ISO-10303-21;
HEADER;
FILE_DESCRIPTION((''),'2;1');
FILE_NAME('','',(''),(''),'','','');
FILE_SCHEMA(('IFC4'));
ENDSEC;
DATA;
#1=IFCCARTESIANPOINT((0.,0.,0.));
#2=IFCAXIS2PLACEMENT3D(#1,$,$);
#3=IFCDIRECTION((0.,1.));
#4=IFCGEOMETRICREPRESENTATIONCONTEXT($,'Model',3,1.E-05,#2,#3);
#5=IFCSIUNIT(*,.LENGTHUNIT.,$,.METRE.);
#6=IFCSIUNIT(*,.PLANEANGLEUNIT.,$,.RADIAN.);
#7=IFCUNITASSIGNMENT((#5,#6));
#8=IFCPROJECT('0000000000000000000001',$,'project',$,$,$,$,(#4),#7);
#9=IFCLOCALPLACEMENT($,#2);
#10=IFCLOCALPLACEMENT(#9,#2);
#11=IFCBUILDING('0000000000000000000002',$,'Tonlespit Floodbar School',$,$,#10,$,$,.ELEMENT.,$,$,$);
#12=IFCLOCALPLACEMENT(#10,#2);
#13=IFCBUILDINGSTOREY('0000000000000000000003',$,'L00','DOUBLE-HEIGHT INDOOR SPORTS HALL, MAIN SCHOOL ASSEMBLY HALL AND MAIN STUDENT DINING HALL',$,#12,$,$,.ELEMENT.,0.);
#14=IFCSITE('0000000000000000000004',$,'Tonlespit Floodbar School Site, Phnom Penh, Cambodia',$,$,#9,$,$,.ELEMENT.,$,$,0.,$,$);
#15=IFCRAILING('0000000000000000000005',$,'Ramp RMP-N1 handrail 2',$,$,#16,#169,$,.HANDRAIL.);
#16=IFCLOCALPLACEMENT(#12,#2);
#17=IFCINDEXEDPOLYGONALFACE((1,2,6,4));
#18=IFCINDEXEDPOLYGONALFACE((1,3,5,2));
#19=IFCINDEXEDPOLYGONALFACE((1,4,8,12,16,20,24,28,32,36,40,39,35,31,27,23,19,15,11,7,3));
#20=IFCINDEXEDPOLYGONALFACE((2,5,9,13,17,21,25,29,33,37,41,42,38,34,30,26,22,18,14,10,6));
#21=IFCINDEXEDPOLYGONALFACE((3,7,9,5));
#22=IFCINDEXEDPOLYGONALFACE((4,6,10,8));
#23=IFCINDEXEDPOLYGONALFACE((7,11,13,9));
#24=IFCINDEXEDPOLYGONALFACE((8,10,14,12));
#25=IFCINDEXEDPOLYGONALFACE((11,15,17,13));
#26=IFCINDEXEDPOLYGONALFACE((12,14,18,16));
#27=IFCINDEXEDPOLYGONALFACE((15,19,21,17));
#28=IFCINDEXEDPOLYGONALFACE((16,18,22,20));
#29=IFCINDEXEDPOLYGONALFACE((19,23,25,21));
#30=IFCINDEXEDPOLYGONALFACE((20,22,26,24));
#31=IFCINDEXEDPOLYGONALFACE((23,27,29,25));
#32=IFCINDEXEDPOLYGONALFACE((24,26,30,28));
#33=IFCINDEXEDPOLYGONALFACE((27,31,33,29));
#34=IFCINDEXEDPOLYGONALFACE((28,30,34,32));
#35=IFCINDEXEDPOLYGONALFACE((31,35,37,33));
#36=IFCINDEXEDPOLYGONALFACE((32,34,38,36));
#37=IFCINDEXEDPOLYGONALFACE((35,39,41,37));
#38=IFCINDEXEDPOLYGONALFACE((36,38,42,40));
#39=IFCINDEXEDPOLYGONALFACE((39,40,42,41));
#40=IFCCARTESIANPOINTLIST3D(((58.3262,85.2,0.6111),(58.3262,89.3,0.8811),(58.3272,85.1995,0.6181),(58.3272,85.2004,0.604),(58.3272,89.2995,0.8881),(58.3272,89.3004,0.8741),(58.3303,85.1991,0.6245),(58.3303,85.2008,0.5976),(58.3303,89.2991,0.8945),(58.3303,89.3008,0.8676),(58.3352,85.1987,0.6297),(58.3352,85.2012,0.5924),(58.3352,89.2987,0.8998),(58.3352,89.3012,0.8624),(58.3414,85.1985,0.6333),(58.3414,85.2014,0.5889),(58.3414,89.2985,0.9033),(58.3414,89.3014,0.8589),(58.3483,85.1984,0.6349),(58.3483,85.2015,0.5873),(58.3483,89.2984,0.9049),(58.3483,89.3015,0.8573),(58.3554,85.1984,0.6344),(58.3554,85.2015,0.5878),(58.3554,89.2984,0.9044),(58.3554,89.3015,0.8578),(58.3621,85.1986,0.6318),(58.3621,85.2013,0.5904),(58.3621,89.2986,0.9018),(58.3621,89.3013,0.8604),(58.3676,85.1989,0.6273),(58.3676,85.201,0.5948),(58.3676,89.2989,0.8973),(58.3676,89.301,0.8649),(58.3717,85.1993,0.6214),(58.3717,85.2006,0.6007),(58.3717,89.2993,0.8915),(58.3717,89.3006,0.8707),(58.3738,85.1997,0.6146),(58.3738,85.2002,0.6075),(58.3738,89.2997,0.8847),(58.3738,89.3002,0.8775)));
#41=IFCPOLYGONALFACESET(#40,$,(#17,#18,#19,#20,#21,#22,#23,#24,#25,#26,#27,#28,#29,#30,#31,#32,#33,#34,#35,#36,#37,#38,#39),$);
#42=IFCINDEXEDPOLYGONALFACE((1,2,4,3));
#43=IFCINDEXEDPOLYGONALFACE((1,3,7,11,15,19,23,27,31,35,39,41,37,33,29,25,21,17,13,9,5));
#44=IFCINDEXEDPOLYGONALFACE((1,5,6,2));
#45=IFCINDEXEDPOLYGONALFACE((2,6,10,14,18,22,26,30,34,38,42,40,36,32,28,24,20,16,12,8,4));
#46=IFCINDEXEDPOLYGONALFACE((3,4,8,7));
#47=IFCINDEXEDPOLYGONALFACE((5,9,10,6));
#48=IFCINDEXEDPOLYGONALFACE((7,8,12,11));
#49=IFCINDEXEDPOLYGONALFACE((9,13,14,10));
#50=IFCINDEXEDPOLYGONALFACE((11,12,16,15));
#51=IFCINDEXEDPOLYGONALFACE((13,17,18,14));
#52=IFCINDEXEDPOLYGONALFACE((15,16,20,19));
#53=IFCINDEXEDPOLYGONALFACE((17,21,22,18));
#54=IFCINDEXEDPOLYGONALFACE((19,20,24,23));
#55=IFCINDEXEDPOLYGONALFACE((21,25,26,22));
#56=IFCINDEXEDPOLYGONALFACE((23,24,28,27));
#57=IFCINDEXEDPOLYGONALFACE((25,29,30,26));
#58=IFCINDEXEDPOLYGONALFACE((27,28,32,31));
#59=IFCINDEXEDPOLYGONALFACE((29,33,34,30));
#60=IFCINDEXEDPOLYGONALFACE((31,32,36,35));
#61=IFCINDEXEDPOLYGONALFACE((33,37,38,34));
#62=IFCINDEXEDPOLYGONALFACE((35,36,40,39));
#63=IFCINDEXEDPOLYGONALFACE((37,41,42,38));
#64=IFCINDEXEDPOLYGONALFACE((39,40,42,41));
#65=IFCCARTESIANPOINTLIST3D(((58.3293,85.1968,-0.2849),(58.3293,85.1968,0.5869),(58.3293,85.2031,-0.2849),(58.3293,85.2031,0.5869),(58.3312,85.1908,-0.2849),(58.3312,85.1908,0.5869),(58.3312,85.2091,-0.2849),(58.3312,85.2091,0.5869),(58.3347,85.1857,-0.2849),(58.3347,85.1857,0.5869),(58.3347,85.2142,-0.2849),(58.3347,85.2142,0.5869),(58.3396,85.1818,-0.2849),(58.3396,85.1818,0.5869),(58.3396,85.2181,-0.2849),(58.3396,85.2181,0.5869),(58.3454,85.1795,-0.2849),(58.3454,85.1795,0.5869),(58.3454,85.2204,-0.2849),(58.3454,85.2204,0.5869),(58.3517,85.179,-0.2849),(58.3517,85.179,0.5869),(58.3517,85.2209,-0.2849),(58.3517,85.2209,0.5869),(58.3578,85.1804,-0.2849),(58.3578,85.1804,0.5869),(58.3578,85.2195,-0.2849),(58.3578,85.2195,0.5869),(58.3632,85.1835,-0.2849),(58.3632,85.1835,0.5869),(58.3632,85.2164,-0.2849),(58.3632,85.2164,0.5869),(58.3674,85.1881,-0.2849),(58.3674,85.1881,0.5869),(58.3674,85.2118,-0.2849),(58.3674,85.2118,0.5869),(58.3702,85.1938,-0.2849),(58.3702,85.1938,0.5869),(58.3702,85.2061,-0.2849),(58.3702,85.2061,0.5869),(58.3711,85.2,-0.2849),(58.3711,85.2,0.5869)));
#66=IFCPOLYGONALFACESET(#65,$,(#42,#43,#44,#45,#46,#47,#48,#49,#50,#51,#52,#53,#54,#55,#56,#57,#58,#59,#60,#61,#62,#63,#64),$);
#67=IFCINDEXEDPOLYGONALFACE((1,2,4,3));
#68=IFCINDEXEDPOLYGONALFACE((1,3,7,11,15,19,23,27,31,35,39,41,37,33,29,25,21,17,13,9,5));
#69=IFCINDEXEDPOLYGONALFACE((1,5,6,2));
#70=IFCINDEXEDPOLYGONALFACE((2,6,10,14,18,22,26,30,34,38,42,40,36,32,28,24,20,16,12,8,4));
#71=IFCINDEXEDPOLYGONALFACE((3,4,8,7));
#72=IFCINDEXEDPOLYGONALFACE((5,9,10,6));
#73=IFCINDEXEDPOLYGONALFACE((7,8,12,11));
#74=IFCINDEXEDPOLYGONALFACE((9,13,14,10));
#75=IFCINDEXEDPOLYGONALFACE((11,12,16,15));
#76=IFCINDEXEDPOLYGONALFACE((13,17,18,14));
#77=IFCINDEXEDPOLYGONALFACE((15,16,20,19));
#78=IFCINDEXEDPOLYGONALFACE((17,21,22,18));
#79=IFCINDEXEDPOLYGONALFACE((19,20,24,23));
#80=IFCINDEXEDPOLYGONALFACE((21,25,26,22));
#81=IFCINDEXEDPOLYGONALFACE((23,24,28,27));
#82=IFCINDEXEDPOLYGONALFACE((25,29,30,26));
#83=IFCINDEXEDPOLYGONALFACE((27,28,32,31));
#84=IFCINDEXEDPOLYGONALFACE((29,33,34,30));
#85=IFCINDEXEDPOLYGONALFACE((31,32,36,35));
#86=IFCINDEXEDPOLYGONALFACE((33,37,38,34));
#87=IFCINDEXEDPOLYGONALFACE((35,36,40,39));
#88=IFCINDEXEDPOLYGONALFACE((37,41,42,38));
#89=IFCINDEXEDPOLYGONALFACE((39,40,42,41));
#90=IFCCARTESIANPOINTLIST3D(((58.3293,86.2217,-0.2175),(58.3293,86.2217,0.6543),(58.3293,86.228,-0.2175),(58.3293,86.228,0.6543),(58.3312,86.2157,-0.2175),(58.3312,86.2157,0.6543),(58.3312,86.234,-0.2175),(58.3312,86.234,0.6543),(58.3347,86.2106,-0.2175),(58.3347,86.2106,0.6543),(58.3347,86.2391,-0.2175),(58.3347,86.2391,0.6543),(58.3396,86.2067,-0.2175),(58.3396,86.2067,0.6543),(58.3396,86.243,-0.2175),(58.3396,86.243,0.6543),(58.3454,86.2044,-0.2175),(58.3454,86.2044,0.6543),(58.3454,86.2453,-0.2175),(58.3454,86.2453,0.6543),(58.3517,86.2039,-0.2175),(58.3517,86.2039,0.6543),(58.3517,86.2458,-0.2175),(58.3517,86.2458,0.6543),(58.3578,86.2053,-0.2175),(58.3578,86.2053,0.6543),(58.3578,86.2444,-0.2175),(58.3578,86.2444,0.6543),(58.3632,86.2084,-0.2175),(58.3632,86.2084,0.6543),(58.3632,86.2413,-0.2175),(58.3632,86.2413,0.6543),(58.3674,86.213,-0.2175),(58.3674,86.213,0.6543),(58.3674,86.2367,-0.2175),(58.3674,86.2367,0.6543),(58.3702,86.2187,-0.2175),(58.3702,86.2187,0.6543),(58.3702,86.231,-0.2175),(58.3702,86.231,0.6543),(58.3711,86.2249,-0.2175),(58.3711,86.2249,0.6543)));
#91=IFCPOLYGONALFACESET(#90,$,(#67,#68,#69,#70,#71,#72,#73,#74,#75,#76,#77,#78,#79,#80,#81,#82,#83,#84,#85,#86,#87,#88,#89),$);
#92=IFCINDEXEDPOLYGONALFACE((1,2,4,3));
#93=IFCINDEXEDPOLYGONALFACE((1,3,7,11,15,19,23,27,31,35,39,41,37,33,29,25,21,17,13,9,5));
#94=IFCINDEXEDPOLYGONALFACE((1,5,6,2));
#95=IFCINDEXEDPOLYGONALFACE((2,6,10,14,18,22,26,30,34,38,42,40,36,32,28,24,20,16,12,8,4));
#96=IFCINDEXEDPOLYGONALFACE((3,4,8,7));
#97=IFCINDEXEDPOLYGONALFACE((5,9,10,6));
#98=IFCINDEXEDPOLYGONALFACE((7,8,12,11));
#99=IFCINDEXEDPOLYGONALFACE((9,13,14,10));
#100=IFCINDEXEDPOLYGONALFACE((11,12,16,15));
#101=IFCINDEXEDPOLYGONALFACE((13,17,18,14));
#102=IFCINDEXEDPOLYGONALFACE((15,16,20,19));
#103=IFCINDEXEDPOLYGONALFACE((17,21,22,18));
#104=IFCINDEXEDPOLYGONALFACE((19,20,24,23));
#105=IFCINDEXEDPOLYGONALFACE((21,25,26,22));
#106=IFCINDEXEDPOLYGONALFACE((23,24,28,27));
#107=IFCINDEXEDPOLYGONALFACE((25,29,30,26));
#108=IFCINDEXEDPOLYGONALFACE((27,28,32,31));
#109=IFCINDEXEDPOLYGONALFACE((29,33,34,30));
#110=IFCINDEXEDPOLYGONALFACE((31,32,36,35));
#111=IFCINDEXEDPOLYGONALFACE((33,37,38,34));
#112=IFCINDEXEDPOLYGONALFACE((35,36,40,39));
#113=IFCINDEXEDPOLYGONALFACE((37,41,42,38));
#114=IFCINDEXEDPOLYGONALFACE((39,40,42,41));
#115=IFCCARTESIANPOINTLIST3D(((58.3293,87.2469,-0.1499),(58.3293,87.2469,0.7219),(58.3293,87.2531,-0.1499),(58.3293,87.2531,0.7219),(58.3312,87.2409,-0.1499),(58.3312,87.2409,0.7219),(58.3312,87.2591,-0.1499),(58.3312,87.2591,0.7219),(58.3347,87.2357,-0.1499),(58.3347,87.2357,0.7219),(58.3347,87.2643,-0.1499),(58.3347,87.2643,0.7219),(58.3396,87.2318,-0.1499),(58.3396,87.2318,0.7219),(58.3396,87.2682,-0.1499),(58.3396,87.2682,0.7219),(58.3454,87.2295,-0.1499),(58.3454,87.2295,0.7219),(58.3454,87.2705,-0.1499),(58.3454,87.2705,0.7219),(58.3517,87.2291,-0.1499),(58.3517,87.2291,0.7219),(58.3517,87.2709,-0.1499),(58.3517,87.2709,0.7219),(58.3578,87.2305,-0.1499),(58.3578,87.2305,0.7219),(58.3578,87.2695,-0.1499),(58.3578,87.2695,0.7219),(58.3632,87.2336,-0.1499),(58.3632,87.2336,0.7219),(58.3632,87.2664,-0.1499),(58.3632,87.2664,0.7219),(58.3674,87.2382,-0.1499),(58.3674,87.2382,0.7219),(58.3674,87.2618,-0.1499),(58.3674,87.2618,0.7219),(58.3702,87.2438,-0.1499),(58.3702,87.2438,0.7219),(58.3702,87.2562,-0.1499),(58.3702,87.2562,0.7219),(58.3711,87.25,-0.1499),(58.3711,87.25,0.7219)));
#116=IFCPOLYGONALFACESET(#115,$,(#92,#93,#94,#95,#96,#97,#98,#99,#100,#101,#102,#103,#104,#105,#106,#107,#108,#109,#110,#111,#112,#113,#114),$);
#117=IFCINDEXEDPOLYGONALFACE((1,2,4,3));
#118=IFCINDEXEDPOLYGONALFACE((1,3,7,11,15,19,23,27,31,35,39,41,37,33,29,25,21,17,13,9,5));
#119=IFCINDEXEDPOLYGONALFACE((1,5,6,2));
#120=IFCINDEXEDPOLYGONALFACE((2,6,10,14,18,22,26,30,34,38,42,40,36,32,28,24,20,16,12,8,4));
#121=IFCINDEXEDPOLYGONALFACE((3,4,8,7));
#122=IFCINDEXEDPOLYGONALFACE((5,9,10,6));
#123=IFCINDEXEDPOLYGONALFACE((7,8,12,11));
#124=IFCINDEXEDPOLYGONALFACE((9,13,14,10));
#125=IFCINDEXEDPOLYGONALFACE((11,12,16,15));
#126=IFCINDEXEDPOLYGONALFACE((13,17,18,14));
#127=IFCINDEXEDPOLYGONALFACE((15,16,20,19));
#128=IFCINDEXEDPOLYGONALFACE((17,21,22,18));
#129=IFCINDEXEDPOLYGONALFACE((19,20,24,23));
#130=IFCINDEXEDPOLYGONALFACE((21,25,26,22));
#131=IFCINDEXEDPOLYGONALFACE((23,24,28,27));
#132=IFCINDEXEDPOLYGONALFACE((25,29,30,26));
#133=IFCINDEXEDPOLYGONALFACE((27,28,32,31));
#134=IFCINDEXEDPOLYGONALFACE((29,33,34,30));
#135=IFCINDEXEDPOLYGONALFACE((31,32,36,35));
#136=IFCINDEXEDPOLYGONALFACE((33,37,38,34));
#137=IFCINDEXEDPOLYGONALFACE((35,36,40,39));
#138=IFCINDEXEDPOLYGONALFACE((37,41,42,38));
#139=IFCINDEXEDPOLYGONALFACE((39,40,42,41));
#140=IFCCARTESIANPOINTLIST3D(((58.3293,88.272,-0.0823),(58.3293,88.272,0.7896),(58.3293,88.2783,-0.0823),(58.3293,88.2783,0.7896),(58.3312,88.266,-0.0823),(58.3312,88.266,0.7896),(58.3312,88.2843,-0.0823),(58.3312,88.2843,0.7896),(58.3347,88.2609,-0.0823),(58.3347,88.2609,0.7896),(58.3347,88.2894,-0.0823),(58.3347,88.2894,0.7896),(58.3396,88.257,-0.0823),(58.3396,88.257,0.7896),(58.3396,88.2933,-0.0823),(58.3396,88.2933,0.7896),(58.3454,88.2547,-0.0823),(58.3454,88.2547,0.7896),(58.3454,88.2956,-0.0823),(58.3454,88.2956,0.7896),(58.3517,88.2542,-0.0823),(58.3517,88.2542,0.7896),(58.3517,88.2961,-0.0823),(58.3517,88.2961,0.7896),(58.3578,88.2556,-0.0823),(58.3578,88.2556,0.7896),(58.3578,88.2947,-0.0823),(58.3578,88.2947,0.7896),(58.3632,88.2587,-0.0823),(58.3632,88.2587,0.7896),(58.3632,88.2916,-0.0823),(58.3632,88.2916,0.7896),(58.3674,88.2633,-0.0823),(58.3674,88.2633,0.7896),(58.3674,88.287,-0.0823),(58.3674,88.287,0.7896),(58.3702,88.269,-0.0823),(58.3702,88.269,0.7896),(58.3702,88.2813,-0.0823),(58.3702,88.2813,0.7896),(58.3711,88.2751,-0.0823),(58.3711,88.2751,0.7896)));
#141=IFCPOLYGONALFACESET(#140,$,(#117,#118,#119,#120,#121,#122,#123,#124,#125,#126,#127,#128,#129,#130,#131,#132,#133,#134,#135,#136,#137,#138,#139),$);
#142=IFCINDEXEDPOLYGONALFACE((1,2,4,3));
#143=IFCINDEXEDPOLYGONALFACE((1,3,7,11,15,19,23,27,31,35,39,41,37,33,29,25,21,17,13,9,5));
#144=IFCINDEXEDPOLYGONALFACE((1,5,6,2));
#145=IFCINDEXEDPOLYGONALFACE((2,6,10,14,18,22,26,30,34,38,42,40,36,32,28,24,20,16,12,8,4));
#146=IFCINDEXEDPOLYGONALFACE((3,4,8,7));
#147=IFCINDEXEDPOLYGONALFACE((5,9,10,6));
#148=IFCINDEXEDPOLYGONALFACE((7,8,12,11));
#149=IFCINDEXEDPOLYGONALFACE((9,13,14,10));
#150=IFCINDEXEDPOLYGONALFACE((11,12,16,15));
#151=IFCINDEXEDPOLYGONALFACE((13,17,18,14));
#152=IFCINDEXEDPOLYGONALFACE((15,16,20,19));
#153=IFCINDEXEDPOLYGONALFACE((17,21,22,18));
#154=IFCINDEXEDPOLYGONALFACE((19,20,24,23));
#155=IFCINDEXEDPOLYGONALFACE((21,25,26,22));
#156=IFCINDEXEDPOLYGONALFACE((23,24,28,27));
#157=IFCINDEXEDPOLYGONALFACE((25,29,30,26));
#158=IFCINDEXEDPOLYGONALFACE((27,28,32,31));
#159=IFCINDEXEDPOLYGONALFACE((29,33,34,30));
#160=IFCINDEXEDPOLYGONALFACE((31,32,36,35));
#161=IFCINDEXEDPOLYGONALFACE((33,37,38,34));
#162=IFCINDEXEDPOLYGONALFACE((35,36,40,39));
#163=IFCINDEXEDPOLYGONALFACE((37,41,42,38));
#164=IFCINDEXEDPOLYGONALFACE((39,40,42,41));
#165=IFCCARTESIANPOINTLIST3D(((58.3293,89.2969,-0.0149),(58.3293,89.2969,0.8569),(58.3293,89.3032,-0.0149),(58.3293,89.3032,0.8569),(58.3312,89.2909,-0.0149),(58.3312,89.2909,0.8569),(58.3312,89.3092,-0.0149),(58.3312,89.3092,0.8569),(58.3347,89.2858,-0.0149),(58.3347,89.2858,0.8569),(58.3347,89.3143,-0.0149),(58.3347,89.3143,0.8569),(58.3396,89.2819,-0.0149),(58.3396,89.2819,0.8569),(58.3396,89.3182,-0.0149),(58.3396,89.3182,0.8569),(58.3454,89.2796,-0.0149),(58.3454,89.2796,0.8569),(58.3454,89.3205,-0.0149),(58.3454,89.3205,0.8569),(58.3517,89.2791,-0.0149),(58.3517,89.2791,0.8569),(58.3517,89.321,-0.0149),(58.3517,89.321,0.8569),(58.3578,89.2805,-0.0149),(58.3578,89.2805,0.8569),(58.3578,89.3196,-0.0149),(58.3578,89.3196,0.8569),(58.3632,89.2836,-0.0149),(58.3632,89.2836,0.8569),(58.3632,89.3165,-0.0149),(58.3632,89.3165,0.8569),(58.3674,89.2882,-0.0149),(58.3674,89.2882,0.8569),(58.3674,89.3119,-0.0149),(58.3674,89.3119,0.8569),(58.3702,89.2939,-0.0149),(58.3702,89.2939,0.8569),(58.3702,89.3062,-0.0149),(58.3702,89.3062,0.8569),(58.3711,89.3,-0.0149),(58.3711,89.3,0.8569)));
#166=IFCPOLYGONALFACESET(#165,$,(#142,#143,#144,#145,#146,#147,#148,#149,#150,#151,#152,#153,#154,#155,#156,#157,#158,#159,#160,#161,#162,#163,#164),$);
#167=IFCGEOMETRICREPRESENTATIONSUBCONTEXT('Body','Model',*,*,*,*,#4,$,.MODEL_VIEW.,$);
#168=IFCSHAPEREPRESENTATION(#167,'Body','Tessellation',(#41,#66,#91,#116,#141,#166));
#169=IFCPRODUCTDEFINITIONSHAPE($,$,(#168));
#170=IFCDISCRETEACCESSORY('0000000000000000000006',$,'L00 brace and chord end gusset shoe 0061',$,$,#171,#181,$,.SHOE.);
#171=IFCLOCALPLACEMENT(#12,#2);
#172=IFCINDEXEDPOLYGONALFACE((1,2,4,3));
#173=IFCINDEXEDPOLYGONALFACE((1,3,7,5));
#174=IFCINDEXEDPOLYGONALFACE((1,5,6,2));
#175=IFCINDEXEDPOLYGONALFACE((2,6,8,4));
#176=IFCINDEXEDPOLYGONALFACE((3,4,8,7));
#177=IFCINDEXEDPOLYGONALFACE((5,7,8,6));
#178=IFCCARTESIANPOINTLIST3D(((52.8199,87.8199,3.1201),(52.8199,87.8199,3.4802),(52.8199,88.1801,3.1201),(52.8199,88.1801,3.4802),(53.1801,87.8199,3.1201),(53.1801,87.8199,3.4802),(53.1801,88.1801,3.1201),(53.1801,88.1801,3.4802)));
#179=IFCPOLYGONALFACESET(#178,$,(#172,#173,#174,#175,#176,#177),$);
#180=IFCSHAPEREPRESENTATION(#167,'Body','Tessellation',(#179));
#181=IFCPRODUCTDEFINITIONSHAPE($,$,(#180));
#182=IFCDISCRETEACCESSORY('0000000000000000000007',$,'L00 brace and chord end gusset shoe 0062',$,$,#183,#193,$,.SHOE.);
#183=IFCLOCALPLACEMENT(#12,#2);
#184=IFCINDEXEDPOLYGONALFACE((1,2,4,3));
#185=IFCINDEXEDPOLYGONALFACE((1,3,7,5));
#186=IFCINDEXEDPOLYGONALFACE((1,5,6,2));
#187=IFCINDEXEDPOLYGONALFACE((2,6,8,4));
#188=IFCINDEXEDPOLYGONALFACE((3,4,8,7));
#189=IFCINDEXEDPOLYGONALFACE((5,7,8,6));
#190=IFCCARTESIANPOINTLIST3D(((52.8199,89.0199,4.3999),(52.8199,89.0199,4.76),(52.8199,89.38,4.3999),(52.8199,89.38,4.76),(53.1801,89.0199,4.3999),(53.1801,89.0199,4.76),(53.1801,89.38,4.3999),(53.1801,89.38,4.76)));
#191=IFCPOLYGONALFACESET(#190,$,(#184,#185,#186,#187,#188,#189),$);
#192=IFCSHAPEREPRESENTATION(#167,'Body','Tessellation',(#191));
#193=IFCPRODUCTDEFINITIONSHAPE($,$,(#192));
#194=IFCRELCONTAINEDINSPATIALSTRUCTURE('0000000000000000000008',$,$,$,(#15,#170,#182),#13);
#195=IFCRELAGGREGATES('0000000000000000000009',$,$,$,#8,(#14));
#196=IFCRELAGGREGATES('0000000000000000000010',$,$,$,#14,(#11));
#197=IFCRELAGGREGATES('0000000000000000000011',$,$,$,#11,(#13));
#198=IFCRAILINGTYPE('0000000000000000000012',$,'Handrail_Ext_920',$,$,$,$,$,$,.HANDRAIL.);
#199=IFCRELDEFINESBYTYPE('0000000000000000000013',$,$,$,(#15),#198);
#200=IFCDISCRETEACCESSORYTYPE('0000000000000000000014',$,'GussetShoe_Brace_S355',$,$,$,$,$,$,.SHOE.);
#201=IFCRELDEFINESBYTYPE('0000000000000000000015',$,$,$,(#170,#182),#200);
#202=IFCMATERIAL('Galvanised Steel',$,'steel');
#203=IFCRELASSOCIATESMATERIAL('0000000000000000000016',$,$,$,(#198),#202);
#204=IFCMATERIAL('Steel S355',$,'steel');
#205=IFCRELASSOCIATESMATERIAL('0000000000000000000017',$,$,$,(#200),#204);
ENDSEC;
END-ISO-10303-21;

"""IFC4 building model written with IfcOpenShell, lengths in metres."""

from ifc_helpers import new_model, si_unit, direction, frame, origin, origin_2d, place, context, subcontext, project, spatial, rectangle, circle, extrude, material, type_object, element, save


model = new_model("IFC4")

# Units and contexts
model_context = context("Model", 3, precision=1e-05, world=origin(), true_north=direction((0.0, 1.0)))
body_context = subcontext(model_context, "Body", "Model", "MODEL_VIEW")
ifc_project = project(units=[si_unit("LENGTHUNIT", "METRE"), si_unit("PLANEANGLEUNIT", "RADIAN")], contexts=[model_context])

# Site, building, storey
site_placement = place(None, origin())
site = spatial("IfcSite", under=ifc_project, at=site_placement, Name="Tonlespit Floodbar School Site, Phnom Penh, Cambodia", CompositionType="ELEMENT", RefElevation=0.0)
building_placement = place(site_placement, origin())
building = spatial("IfcBuilding", under=site, at=building_placement, Name="Tonlespit Floodbar School", CompositionType="ELEMENT")
storey_placement = place(building_placement, origin())
storey = spatial("IfcBuildingStorey", under=building, at=storey_placement, Name="L00", Description="DOUBLE-HEIGHT INDOOR SPORTS HALL, MAIN SCHOOL ASSEMBLY HALL AND MAIN STUDENT DINING HALL", CompositionType="ELEMENT", Elevation=0.0)

# Shared definitions
ifc_material_1 = material(Name="Steel S355", Category="steel")

# Railing
ifc_material_2 = material(Name="Galvanised Steel", Category="steel")
railing_type_1 = type_object("IfcRailingType", Name="Handrail_Ext_920", PredefinedType="HANDRAIL", material=ifc_material_2)
for number, where, name in (
    (1, (58.3501, 85.2, -0.2849), "Ramp RMP-N1 handrail 2"),
):
    element("IfcRailing", number, at=place(storey_placement, frame(where)), inside=storey, type_object=railing_type_1, Name=name, PredefinedType="HANDRAIL", context=body_context, shape_type="SweptSolid", body=[
        extrude(circle(Radius=0.0239, at=origin_2d()), frame((0.0, 0.0, 0.896), z_axis=(0.0, 0.997838, 0.065715), x_axis=(-1.0, 0.0, 0.0)), (0.0, 0.0, 1.0), 4.1089),
        extrude(circle(Radius=0.021, at=origin_2d()), origin(), (0.0, 0.0, 1.0), 0.8718),
        extrude(circle(Radius=0.021, at=origin_2d()), frame((0.0, 1.0249, 0.0674)), (0.0, 0.0, 1.0), 0.8718),
        extrude(circle(Radius=0.021, at=origin_2d()), frame((0.0, 2.05, 0.135)), (0.0, 0.0, 1.0), 0.8718),
        extrude(circle(Radius=0.021, at=origin_2d()), frame((0.0, 3.0752, 0.2026)), (0.0, 0.0, 1.0), 0.8718),
        extrude(circle(Radius=0.021, at=origin_2d()), frame((0.0, 4.1001, 0.27)), (0.0, 0.0, 1.0), 0.8718),
    ])

# Discrete accessories
discrete_accessory_type = type_object("IfcDiscreteAccessoryType", Name="GussetShoe_Brace_S355", PredefinedType="SHOE", material=ifc_material_1)
for number, where, z_axis, x_axis, name in (
    (2, (53.0, 88.0, 3.1201), (0.0, 0.0, 1.0), (1.0, 0.0, 0.0), "L00 brace and chord end gusset shoe 0061"),
    (3, (53.0, 89.2, 4.3999), (0.0, 0.0, 1.0), (1.0, 0.0, 0.0), "L00 brace and chord end gusset shoe 0062"),
):
    element("IfcDiscreteAccessory", number, at=place(storey_placement, frame(where, z_axis=z_axis, x_axis=x_axis)), inside=storey, type_object=discrete_accessory_type, Name=name, PredefinedType="SHOE", context=body_context, shape_type="SweptSolid", body=[
        extrude(rectangle(XDim=0.3601, YDim=0.3601, at=origin_2d()), origin(), (0.0, 0.0, 1.0), 0.3601),
    ])

save(model, "model.ifc")
